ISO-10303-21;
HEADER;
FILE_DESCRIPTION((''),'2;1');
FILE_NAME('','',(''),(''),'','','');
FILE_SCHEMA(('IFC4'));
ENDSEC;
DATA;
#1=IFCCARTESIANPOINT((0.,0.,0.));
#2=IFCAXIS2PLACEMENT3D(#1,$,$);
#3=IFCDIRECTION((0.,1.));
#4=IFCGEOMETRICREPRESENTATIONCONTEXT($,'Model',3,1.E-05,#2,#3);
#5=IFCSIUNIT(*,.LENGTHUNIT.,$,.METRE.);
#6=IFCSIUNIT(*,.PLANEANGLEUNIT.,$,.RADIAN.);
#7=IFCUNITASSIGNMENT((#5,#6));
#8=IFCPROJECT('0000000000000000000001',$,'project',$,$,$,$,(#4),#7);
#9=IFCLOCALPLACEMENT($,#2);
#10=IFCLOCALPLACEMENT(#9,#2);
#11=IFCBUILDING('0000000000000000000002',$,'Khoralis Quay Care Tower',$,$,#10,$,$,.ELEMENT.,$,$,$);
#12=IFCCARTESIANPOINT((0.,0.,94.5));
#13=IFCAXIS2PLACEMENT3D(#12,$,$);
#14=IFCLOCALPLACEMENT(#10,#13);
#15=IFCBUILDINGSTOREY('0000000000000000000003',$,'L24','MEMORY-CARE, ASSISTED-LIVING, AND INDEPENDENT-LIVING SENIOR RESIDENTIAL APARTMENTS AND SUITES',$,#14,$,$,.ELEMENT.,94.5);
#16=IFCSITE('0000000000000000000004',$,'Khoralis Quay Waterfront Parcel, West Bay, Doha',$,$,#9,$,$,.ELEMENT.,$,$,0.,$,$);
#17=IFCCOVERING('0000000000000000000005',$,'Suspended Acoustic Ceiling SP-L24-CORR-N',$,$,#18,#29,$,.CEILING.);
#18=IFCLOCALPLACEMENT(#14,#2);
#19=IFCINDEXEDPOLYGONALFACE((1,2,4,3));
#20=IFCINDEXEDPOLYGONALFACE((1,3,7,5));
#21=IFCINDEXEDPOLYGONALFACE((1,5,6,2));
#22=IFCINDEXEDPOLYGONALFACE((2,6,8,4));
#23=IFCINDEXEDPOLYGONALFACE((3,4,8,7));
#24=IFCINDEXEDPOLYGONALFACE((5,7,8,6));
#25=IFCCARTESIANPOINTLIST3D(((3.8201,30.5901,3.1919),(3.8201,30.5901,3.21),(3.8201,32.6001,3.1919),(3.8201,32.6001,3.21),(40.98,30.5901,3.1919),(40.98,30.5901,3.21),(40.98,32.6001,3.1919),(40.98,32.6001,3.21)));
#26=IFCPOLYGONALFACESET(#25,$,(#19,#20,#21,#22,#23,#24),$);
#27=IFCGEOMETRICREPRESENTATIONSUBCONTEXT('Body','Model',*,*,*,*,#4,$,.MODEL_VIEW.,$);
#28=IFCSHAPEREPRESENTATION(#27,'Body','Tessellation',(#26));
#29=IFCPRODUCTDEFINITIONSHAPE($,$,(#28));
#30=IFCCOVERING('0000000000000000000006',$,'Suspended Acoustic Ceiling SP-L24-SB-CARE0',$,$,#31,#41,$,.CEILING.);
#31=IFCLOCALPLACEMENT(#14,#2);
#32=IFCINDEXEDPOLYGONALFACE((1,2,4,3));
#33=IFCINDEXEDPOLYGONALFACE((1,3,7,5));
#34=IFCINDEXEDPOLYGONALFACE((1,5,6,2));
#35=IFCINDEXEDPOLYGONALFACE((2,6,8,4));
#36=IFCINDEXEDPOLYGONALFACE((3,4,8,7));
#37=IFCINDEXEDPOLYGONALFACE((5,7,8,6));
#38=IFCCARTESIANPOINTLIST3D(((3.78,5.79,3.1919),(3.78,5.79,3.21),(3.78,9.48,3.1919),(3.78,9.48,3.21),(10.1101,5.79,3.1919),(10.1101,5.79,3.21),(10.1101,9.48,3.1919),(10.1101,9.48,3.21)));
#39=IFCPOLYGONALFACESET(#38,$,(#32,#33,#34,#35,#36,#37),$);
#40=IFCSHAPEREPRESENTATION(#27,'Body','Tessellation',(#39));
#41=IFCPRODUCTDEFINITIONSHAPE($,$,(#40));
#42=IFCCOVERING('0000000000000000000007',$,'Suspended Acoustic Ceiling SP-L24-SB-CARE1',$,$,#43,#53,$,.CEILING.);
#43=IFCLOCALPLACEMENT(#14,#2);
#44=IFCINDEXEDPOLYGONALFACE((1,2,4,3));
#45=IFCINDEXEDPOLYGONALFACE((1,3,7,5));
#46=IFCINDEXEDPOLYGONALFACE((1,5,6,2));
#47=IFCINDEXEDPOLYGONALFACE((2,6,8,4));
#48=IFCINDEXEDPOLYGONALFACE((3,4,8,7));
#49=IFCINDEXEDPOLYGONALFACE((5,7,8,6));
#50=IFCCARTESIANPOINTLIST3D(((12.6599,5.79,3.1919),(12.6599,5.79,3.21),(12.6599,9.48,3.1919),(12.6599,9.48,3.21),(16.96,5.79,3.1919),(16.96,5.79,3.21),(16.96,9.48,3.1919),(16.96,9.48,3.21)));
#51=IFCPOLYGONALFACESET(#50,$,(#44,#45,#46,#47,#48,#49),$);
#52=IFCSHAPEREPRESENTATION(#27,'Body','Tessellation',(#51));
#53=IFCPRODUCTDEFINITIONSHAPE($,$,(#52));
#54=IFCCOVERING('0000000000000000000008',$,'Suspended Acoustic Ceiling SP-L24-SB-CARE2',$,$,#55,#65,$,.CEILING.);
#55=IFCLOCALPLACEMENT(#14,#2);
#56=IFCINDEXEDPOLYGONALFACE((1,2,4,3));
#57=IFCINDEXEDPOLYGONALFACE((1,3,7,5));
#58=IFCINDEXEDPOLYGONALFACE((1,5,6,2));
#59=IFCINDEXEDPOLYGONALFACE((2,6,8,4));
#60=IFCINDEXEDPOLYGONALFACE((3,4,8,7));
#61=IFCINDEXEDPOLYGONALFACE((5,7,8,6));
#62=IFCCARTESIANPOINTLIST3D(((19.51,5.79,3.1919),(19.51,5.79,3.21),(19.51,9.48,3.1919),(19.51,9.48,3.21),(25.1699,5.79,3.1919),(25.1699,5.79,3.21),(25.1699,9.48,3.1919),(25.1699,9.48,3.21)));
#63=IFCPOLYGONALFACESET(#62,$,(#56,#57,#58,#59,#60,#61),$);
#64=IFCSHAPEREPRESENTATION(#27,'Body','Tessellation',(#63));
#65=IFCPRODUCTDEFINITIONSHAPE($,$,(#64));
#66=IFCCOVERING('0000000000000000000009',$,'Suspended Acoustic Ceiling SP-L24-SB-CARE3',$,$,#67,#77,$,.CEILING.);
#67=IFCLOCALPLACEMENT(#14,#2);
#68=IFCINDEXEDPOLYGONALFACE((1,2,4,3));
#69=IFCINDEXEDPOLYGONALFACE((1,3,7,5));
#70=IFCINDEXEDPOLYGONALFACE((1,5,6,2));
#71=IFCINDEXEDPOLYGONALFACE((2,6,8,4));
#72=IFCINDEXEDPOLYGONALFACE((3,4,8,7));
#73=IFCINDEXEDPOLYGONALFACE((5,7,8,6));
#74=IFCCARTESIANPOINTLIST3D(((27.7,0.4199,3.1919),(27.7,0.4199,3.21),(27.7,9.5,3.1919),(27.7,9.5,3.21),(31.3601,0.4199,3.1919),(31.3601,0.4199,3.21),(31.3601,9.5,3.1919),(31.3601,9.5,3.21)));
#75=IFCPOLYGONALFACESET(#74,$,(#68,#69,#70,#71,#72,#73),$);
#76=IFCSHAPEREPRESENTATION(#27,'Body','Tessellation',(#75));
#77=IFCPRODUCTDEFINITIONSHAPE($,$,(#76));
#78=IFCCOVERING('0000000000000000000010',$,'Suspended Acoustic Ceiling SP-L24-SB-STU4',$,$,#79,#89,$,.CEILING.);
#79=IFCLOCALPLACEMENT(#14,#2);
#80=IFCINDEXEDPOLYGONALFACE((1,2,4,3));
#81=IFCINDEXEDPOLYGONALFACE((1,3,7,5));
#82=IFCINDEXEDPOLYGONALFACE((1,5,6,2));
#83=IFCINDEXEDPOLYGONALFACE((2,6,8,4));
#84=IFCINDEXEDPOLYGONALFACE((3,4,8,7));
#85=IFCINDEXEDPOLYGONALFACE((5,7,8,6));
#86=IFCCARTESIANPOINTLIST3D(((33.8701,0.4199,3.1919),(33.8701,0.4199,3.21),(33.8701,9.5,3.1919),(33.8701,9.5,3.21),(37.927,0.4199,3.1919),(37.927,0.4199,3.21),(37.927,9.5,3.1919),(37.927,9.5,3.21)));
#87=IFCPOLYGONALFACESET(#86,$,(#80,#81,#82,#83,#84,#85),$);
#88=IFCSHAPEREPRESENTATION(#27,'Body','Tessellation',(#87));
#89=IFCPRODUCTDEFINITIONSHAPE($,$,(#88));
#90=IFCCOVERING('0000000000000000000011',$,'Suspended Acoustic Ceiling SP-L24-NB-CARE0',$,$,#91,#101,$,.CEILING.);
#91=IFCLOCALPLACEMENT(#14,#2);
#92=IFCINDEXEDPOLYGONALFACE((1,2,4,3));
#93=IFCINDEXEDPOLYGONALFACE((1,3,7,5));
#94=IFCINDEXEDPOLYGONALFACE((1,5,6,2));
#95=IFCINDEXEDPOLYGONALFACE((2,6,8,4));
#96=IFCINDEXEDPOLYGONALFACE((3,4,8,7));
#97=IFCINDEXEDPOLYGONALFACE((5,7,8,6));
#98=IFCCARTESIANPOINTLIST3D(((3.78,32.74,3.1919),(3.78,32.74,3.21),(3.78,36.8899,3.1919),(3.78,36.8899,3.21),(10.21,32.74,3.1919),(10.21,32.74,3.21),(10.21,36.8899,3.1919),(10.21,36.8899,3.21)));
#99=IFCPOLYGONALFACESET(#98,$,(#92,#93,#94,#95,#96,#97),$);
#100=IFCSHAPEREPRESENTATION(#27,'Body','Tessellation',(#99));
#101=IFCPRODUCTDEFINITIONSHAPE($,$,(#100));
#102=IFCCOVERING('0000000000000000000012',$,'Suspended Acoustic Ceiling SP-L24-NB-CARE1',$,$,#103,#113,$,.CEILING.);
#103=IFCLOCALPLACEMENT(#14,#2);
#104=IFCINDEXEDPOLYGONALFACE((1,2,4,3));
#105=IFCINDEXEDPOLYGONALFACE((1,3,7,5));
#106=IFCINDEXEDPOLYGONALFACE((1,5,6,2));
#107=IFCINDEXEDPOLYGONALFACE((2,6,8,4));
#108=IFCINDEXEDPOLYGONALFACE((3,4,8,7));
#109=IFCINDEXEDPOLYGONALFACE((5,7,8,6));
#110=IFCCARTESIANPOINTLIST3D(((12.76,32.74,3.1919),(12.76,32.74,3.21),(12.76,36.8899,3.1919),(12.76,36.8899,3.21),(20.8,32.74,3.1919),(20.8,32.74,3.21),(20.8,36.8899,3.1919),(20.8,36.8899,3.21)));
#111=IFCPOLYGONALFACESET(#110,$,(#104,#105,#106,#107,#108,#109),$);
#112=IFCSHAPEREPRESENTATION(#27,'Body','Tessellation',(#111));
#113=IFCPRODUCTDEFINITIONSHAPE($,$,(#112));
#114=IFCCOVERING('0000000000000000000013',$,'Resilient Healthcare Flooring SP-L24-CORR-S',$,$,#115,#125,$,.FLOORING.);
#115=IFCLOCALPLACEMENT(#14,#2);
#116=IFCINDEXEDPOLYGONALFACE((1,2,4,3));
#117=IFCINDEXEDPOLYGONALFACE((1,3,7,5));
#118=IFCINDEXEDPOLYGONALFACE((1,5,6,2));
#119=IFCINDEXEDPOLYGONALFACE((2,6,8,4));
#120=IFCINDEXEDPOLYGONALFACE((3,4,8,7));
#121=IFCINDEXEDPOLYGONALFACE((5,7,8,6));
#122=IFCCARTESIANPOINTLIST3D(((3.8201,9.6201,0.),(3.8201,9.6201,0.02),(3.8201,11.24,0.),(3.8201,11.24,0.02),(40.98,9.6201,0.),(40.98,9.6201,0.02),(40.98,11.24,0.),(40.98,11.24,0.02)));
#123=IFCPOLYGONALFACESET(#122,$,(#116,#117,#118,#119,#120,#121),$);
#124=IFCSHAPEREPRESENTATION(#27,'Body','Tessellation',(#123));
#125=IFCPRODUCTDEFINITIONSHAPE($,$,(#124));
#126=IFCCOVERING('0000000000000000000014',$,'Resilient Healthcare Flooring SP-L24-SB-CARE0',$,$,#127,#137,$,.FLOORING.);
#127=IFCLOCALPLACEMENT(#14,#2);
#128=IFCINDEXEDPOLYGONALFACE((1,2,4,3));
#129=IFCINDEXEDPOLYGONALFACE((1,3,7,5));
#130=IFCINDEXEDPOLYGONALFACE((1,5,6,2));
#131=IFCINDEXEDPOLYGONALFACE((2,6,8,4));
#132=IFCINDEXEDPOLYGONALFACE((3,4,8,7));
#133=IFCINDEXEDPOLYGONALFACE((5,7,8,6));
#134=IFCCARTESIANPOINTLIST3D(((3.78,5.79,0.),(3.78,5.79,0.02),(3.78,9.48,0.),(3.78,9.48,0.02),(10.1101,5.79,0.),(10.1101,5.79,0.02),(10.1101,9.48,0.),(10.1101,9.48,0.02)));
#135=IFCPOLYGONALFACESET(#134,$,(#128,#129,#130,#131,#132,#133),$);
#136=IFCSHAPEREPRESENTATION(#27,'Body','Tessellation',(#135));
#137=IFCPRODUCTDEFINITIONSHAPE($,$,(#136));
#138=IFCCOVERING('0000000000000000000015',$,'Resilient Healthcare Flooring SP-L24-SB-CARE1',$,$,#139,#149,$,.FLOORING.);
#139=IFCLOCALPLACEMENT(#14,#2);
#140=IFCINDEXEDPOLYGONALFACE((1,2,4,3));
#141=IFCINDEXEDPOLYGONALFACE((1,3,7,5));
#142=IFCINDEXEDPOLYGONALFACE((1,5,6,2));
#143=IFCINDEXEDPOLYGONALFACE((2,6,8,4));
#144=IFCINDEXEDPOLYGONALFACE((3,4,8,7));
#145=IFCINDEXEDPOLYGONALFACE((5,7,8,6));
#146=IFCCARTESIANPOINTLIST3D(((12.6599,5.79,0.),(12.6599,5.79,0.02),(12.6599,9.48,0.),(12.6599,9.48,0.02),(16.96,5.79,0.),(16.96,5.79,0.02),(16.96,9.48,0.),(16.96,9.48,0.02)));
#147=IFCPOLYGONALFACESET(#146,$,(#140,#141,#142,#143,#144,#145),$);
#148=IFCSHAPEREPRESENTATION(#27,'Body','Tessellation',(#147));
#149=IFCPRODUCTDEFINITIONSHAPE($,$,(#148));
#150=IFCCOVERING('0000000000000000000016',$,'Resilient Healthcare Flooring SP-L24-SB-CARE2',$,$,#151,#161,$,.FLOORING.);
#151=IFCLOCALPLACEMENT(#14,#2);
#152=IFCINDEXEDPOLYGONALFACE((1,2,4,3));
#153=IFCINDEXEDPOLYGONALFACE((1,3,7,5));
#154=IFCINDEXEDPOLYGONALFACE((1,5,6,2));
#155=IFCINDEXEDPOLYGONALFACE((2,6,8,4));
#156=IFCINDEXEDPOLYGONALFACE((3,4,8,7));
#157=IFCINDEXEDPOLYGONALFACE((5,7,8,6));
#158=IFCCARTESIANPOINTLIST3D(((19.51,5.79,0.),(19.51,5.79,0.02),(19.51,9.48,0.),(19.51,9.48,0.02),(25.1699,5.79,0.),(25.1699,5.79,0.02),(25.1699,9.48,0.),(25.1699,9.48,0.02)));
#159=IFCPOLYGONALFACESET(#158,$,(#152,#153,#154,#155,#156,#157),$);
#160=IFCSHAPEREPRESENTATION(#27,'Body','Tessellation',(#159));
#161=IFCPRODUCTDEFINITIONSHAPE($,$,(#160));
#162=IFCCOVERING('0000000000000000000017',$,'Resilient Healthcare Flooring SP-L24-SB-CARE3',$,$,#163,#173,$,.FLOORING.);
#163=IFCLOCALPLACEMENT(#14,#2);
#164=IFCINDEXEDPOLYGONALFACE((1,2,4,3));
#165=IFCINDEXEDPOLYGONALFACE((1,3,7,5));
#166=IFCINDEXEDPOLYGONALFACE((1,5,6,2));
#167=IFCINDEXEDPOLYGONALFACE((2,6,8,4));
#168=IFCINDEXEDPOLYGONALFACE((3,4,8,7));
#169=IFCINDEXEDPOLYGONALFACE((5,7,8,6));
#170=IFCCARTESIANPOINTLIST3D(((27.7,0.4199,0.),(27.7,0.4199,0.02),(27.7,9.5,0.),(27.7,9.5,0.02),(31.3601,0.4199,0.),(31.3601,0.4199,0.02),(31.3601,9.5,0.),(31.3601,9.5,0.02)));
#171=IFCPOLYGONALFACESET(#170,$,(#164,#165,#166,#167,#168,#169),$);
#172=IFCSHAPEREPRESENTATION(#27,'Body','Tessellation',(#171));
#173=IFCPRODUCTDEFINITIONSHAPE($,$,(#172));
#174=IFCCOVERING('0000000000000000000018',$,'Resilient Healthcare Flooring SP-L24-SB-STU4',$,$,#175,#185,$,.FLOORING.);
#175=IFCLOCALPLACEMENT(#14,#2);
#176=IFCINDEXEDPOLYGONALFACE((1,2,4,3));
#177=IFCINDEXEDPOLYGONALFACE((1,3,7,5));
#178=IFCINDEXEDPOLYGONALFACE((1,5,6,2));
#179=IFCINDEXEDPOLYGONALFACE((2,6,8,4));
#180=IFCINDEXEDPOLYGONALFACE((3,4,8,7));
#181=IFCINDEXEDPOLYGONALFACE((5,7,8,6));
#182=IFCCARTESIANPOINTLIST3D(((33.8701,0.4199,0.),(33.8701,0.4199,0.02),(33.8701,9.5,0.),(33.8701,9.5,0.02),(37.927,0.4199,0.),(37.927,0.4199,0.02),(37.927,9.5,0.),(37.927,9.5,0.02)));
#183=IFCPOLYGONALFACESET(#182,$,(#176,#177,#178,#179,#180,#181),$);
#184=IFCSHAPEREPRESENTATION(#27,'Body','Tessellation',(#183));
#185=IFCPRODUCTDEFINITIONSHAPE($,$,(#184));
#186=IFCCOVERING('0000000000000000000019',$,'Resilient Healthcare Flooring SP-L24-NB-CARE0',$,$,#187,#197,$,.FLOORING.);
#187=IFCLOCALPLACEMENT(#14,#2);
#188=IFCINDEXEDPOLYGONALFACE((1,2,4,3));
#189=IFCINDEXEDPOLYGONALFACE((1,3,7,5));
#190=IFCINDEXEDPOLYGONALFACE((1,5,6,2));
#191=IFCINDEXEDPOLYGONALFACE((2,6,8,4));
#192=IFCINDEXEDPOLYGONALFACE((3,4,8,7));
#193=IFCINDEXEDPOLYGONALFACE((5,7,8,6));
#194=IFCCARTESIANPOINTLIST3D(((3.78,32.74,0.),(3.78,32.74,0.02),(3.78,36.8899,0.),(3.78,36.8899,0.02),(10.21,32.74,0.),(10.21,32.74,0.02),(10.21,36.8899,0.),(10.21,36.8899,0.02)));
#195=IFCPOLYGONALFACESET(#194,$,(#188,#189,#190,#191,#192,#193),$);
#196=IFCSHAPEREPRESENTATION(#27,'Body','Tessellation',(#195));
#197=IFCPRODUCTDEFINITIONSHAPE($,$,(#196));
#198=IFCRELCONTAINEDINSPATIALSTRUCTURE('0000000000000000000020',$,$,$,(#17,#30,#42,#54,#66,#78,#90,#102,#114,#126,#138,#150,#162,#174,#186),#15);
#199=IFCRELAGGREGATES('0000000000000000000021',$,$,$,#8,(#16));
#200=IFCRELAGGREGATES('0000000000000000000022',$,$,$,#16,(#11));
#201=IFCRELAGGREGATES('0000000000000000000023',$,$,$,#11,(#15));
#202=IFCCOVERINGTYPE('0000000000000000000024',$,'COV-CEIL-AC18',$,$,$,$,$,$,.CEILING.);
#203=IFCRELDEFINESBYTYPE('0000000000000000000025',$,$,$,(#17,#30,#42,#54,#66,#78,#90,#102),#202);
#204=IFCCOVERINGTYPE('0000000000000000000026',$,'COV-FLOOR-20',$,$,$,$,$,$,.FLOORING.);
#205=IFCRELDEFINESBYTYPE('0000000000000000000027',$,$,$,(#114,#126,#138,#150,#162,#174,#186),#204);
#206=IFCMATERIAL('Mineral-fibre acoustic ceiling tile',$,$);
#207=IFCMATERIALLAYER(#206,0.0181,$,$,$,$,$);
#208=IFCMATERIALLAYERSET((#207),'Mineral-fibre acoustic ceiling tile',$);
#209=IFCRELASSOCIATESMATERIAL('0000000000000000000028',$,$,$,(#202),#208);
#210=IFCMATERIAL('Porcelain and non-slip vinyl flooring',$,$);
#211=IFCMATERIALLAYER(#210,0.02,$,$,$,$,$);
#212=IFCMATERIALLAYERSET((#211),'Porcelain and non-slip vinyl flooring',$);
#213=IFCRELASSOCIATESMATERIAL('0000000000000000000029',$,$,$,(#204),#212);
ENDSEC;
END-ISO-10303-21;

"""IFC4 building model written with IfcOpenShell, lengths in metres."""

from ifc_helpers import new_model, si_unit, direction, frame, origin, place, context, subcontext, project, spatial, polyline, outline, extrude, material, layer, layer_set, type_object, element, save


model = new_model("IFC4")

# Units and contexts
model_context = context("Model", 3, precision=1e-05, world=origin(), true_north=direction((0.0, 1.0)))
body_context = subcontext(model_context, "Body", "Model", "MODEL_VIEW")
ifc_project = project(units=[si_unit("LENGTHUNIT", "METRE"), si_unit("PLANEANGLEUNIT", "RADIAN")], contexts=[model_context])

# Site, building, storey
site_placement = place(None, origin())
site = spatial("IfcSite", under=ifc_project, at=site_placement, Name="Khoralis Quay Waterfront Parcel, West Bay, Doha", CompositionType="ELEMENT", RefElevation=0.0)
building_placement = place(site_placement, origin())
building = spatial("IfcBuilding", under=site, at=building_placement, Name="Khoralis Quay Care Tower", CompositionType="ELEMENT")
storey_placement = place(building_placement, frame((0.0, 0.0, 94.5)))
storey = spatial("IfcBuildingStorey", under=building, at=storey_placement, Name="L24", Description="MEMORY-CARE, ASSISTED-LIVING, AND INDEPENDENT-LIVING SENIOR RESIDENTIAL APARTMENTS AND SUITES", CompositionType="ELEMENT", Elevation=94.5)

# Coverings
ifc_material_1 = material(Name="Mineral-fibre acoustic ceiling tile")
ifc_layer_1 = layer(ifc_material_1, 0.0181)
ifc_layer_set_1 = layer_set([ifc_layer_1], Name="Mineral-fibre acoustic ceiling tile")
covering_type_1 = type_object("IfcCoveringType", Name="COV-CEIL-AC18", PredefinedType="CEILING", material=ifc_layer_set_1)
covering_1_placement = place(storey_placement, frame((0.0, 0.0, 3.1919)))
element("IfcCovering", 1, at=covering_1_placement, inside=storey, type_object=covering_type_1, Name="Suspended Acoustic Ceiling SP-L24-CORR-N", PredefinedType="CEILING", context=body_context, shape_type="SweptSolid", body=[
    extrude(outline(polyline([(3.8201, 30.5901), (40.98, 30.5901), (40.98, 32.6001), (3.8201, 32.6001), (3.8201, 30.5901)])), origin(), (0.0, 0.0, 1.0), 0.0181),
])
covering_2_placement = place(storey_placement, frame((0.0, 0.0, 3.1919)))
element("IfcCovering", 2, at=covering_2_placement, inside=storey, type_object=covering_type_1, Name="Suspended Acoustic Ceiling SP-L24-SB-CARE0", PredefinedType="CEILING", context=body_context, shape_type="SweptSolid", body=[
    extrude(outline(polyline([(3.78, 5.79), (10.1101, 5.79), (10.1101, 9.48), (3.78, 9.48), (3.78, 5.79)])), origin(), (0.0, 0.0, 1.0), 0.0181),
])
covering_3_placement = place(storey_placement, frame((0.0, 0.0, 3.1919)))
element("IfcCovering", 3, at=covering_3_placement, inside=storey, type_object=covering_type_1, Name="Suspended Acoustic Ceiling SP-L24-SB-CARE1", PredefinedType="CEILING", context=body_context, shape_type="SweptSolid", body=[
    extrude(outline(polyline([(12.6599, 5.79), (16.96, 5.79), (16.96, 9.48), (12.6599, 9.48), (12.6599, 5.79)])), origin(), (0.0, 0.0, 1.0), 0.0181),
])
covering_4_placement = place(storey_placement, frame((0.0, 0.0, 3.1919)))
element("IfcCovering", 4, at=covering_4_placement, inside=storey, type_object=covering_type_1, Name="Suspended Acoustic Ceiling SP-L24-SB-CARE2", PredefinedType="CEILING", context=body_context, shape_type="SweptSolid", body=[
    extrude(outline(polyline([(19.51, 5.79), (25.1699, 5.79), (25.1699, 9.48), (19.51, 9.48), (19.51, 5.79)])), origin(), (0.0, 0.0, 1.0), 0.0181),
])
covering_5_placement = place(storey_placement, frame((0.0, 0.0, 3.1919)))
element("IfcCovering", 5, at=covering_5_placement, inside=storey, type_object=covering_type_1, Name="Suspended Acoustic Ceiling SP-L24-SB-CARE3", PredefinedType="CEILING", context=body_context, shape_type="SweptSolid", body=[
    extrude(outline(polyline([(27.7, 0.4199), (31.3601, 0.4199), (31.3601, 9.5), (27.7, 9.5), (27.7, 0.4199)])), origin(), (0.0, 0.0, 1.0), 0.0181),
])
covering_6_placement = place(storey_placement, frame((0.0, 0.0, 3.1919)))
element("IfcCovering", 6, at=covering_6_placement, inside=storey, type_object=covering_type_1, Name="Suspended Acoustic Ceiling SP-L24-SB-STU4", PredefinedType="CEILING", context=body_context, shape_type="SweptSolid", body=[
    extrude(outline(polyline([(33.8701, 0.4199), (37.927, 0.4199), (37.927, 9.5), (33.8701, 9.5), (33.8701, 0.4199)])), origin(), (0.0, 0.0, 1.0), 0.0181),
])
covering_7_placement = place(storey_placement, frame((0.0, 0.0, 3.1919)))
element("IfcCovering", 7, at=covering_7_placement, inside=storey, type_object=covering_type_1, Name="Suspended Acoustic Ceiling SP-L24-NB-CARE0", PredefinedType="CEILING", context=body_context, shape_type="SweptSolid", body=[
    extrude(outline(polyline([(3.78, 32.74), (10.21, 32.74), (10.21, 36.8899), (3.78, 36.8899), (3.78, 32.74)])), origin(), (0.0, 0.0, 1.0), 0.0181),
])
covering_8_placement = place(storey_placement, frame((0.0, 0.0, 3.1919)))
element("IfcCovering", 8, at=covering_8_placement, inside=storey, type_object=covering_type_1, Name="Suspended Acoustic Ceiling SP-L24-NB-CARE1", PredefinedType="CEILING", context=body_context, shape_type="SweptSolid", body=[
    extrude(outline(polyline([(12.76, 32.74), (20.8, 32.74), (20.8, 36.8899), (12.76, 36.8899), (12.76, 32.74)])), origin(), (0.0, 0.0, 1.0), 0.0181),
])
ifc_material_2 = material(Name="Porcelain and non-slip vinyl flooring")
ifc_layer_2 = layer(ifc_material_2, 0.02)
ifc_layer_set_2 = layer_set([ifc_layer_2], Name="Porcelain and non-slip vinyl flooring")
covering_type_2 = type_object("IfcCoveringType", Name="COV-FLOOR-20", PredefinedType="FLOORING", material=ifc_layer_set_2)
covering_9_placement = place(storey_placement, origin())
element("IfcCovering", 9, at=covering_9_placement, inside=storey, type_object=covering_type_2, Name="Resilient Healthcare Flooring SP-L24-CORR-S", PredefinedType="FLOORING", context=body_context, shape_type="SweptSolid", body=[
    extrude(outline(polyline([(3.8201, 9.6201), (40.98, 9.6201), (40.98, 11.24), (3.8201, 11.24), (3.8201, 9.6201)])), origin(), (0.0, 0.0, 1.0), 0.02),
])
covering_10_placement = place(storey_placement, origin())
element("IfcCovering", 10, at=covering_10_placement, inside=storey, type_object=covering_type_2, Name="Resilient Healthcare Flooring SP-L24-SB-CARE0", PredefinedType="FLOORING", context=body_context, shape_type="SweptSolid", body=[
    extrude(outline(polyline([(3.78, 5.79), (10.1101, 5.79), (10.1101, 9.48), (3.78, 9.48), (3.78, 5.79)])), origin(), (0.0, 0.0, 1.0), 0.02),
])
covering_11_placement = place(storey_placement, origin())
element("IfcCovering", 11, at=covering_11_placement, inside=storey, type_object=covering_type_2, Name="Resilient Healthcare Flooring SP-L24-SB-CARE1", PredefinedType="FLOORING", context=body_context, shape_type="SweptSolid", body=[
    extrude(outline(polyline([(12.6599, 5.79), (16.96, 5.79), (16.96, 9.48), (12.6599, 9.48), (12.6599, 5.79)])), origin(), (0.0, 0.0, 1.0), 0.02),
])
covering_12_placement = place(storey_placement, origin())
element("IfcCovering", 12, at=covering_12_placement, inside=storey, type_object=covering_type_2, Name="Resilient Healthcare Flooring SP-L24-SB-CARE2", PredefinedType="FLOORING", context=body_context, shape_type="SweptSolid", body=[
    extrude(outline(polyline([(19.51, 5.79), (25.1699, 5.79), (25.1699, 9.48), (19.51, 9.48), (19.51, 5.79)])), origin(), (0.0, 0.0, 1.0), 0.02),
])
covering_13_placement = place(storey_placement, origin())
element("IfcCovering", 13, at=covering_13_placement, inside=storey, type_object=covering_type_2, Name="Resilient Healthcare Flooring SP-L24-SB-CARE3", PredefinedType="FLOORING", context=body_context, shape_type="SweptSolid", body=[
    extrude(outline(polyline([(27.7, 0.4199), (31.3601, 0.4199), (31.3601, 9.5), (27.7, 9.5), (27.7, 0.4199)])), origin(), (0.0, 0.0, 1.0), 0.02),
])
covering_14_placement = place(storey_placement, origin())
element("IfcCovering", 14, at=covering_14_placement, inside=storey, type_object=covering_type_2, Name="Resilient Healthcare Flooring SP-L24-SB-STU4", PredefinedType="FLOORING", context=body_context, shape_type="SweptSolid", body=[
    extrude(outline(polyline([(33.8701, 0.4199), (37.927, 0.4199), (37.927, 9.5), (33.8701, 9.5), (33.8701, 0.4199)])), origin(), (0.0, 0.0, 1.0), 0.02),
])
covering_15_placement = place(storey_placement, origin())
element("IfcCovering", 15, at=covering_15_placement, inside=storey, type_object=covering_type_2, Name="Resilient Healthcare Flooring SP-L24-NB-CARE0", PredefinedType="FLOORING", context=body_context, shape_type="SweptSolid", body=[
    extrude(outline(polyline([(3.78, 32.74), (10.21, 32.74), (10.21, 36.8899), (3.78, 36.8899), (3.78, 32.74)])), origin(), (0.0, 0.0, 1.0), 0.02),
])

save(model, "model.ifc")
